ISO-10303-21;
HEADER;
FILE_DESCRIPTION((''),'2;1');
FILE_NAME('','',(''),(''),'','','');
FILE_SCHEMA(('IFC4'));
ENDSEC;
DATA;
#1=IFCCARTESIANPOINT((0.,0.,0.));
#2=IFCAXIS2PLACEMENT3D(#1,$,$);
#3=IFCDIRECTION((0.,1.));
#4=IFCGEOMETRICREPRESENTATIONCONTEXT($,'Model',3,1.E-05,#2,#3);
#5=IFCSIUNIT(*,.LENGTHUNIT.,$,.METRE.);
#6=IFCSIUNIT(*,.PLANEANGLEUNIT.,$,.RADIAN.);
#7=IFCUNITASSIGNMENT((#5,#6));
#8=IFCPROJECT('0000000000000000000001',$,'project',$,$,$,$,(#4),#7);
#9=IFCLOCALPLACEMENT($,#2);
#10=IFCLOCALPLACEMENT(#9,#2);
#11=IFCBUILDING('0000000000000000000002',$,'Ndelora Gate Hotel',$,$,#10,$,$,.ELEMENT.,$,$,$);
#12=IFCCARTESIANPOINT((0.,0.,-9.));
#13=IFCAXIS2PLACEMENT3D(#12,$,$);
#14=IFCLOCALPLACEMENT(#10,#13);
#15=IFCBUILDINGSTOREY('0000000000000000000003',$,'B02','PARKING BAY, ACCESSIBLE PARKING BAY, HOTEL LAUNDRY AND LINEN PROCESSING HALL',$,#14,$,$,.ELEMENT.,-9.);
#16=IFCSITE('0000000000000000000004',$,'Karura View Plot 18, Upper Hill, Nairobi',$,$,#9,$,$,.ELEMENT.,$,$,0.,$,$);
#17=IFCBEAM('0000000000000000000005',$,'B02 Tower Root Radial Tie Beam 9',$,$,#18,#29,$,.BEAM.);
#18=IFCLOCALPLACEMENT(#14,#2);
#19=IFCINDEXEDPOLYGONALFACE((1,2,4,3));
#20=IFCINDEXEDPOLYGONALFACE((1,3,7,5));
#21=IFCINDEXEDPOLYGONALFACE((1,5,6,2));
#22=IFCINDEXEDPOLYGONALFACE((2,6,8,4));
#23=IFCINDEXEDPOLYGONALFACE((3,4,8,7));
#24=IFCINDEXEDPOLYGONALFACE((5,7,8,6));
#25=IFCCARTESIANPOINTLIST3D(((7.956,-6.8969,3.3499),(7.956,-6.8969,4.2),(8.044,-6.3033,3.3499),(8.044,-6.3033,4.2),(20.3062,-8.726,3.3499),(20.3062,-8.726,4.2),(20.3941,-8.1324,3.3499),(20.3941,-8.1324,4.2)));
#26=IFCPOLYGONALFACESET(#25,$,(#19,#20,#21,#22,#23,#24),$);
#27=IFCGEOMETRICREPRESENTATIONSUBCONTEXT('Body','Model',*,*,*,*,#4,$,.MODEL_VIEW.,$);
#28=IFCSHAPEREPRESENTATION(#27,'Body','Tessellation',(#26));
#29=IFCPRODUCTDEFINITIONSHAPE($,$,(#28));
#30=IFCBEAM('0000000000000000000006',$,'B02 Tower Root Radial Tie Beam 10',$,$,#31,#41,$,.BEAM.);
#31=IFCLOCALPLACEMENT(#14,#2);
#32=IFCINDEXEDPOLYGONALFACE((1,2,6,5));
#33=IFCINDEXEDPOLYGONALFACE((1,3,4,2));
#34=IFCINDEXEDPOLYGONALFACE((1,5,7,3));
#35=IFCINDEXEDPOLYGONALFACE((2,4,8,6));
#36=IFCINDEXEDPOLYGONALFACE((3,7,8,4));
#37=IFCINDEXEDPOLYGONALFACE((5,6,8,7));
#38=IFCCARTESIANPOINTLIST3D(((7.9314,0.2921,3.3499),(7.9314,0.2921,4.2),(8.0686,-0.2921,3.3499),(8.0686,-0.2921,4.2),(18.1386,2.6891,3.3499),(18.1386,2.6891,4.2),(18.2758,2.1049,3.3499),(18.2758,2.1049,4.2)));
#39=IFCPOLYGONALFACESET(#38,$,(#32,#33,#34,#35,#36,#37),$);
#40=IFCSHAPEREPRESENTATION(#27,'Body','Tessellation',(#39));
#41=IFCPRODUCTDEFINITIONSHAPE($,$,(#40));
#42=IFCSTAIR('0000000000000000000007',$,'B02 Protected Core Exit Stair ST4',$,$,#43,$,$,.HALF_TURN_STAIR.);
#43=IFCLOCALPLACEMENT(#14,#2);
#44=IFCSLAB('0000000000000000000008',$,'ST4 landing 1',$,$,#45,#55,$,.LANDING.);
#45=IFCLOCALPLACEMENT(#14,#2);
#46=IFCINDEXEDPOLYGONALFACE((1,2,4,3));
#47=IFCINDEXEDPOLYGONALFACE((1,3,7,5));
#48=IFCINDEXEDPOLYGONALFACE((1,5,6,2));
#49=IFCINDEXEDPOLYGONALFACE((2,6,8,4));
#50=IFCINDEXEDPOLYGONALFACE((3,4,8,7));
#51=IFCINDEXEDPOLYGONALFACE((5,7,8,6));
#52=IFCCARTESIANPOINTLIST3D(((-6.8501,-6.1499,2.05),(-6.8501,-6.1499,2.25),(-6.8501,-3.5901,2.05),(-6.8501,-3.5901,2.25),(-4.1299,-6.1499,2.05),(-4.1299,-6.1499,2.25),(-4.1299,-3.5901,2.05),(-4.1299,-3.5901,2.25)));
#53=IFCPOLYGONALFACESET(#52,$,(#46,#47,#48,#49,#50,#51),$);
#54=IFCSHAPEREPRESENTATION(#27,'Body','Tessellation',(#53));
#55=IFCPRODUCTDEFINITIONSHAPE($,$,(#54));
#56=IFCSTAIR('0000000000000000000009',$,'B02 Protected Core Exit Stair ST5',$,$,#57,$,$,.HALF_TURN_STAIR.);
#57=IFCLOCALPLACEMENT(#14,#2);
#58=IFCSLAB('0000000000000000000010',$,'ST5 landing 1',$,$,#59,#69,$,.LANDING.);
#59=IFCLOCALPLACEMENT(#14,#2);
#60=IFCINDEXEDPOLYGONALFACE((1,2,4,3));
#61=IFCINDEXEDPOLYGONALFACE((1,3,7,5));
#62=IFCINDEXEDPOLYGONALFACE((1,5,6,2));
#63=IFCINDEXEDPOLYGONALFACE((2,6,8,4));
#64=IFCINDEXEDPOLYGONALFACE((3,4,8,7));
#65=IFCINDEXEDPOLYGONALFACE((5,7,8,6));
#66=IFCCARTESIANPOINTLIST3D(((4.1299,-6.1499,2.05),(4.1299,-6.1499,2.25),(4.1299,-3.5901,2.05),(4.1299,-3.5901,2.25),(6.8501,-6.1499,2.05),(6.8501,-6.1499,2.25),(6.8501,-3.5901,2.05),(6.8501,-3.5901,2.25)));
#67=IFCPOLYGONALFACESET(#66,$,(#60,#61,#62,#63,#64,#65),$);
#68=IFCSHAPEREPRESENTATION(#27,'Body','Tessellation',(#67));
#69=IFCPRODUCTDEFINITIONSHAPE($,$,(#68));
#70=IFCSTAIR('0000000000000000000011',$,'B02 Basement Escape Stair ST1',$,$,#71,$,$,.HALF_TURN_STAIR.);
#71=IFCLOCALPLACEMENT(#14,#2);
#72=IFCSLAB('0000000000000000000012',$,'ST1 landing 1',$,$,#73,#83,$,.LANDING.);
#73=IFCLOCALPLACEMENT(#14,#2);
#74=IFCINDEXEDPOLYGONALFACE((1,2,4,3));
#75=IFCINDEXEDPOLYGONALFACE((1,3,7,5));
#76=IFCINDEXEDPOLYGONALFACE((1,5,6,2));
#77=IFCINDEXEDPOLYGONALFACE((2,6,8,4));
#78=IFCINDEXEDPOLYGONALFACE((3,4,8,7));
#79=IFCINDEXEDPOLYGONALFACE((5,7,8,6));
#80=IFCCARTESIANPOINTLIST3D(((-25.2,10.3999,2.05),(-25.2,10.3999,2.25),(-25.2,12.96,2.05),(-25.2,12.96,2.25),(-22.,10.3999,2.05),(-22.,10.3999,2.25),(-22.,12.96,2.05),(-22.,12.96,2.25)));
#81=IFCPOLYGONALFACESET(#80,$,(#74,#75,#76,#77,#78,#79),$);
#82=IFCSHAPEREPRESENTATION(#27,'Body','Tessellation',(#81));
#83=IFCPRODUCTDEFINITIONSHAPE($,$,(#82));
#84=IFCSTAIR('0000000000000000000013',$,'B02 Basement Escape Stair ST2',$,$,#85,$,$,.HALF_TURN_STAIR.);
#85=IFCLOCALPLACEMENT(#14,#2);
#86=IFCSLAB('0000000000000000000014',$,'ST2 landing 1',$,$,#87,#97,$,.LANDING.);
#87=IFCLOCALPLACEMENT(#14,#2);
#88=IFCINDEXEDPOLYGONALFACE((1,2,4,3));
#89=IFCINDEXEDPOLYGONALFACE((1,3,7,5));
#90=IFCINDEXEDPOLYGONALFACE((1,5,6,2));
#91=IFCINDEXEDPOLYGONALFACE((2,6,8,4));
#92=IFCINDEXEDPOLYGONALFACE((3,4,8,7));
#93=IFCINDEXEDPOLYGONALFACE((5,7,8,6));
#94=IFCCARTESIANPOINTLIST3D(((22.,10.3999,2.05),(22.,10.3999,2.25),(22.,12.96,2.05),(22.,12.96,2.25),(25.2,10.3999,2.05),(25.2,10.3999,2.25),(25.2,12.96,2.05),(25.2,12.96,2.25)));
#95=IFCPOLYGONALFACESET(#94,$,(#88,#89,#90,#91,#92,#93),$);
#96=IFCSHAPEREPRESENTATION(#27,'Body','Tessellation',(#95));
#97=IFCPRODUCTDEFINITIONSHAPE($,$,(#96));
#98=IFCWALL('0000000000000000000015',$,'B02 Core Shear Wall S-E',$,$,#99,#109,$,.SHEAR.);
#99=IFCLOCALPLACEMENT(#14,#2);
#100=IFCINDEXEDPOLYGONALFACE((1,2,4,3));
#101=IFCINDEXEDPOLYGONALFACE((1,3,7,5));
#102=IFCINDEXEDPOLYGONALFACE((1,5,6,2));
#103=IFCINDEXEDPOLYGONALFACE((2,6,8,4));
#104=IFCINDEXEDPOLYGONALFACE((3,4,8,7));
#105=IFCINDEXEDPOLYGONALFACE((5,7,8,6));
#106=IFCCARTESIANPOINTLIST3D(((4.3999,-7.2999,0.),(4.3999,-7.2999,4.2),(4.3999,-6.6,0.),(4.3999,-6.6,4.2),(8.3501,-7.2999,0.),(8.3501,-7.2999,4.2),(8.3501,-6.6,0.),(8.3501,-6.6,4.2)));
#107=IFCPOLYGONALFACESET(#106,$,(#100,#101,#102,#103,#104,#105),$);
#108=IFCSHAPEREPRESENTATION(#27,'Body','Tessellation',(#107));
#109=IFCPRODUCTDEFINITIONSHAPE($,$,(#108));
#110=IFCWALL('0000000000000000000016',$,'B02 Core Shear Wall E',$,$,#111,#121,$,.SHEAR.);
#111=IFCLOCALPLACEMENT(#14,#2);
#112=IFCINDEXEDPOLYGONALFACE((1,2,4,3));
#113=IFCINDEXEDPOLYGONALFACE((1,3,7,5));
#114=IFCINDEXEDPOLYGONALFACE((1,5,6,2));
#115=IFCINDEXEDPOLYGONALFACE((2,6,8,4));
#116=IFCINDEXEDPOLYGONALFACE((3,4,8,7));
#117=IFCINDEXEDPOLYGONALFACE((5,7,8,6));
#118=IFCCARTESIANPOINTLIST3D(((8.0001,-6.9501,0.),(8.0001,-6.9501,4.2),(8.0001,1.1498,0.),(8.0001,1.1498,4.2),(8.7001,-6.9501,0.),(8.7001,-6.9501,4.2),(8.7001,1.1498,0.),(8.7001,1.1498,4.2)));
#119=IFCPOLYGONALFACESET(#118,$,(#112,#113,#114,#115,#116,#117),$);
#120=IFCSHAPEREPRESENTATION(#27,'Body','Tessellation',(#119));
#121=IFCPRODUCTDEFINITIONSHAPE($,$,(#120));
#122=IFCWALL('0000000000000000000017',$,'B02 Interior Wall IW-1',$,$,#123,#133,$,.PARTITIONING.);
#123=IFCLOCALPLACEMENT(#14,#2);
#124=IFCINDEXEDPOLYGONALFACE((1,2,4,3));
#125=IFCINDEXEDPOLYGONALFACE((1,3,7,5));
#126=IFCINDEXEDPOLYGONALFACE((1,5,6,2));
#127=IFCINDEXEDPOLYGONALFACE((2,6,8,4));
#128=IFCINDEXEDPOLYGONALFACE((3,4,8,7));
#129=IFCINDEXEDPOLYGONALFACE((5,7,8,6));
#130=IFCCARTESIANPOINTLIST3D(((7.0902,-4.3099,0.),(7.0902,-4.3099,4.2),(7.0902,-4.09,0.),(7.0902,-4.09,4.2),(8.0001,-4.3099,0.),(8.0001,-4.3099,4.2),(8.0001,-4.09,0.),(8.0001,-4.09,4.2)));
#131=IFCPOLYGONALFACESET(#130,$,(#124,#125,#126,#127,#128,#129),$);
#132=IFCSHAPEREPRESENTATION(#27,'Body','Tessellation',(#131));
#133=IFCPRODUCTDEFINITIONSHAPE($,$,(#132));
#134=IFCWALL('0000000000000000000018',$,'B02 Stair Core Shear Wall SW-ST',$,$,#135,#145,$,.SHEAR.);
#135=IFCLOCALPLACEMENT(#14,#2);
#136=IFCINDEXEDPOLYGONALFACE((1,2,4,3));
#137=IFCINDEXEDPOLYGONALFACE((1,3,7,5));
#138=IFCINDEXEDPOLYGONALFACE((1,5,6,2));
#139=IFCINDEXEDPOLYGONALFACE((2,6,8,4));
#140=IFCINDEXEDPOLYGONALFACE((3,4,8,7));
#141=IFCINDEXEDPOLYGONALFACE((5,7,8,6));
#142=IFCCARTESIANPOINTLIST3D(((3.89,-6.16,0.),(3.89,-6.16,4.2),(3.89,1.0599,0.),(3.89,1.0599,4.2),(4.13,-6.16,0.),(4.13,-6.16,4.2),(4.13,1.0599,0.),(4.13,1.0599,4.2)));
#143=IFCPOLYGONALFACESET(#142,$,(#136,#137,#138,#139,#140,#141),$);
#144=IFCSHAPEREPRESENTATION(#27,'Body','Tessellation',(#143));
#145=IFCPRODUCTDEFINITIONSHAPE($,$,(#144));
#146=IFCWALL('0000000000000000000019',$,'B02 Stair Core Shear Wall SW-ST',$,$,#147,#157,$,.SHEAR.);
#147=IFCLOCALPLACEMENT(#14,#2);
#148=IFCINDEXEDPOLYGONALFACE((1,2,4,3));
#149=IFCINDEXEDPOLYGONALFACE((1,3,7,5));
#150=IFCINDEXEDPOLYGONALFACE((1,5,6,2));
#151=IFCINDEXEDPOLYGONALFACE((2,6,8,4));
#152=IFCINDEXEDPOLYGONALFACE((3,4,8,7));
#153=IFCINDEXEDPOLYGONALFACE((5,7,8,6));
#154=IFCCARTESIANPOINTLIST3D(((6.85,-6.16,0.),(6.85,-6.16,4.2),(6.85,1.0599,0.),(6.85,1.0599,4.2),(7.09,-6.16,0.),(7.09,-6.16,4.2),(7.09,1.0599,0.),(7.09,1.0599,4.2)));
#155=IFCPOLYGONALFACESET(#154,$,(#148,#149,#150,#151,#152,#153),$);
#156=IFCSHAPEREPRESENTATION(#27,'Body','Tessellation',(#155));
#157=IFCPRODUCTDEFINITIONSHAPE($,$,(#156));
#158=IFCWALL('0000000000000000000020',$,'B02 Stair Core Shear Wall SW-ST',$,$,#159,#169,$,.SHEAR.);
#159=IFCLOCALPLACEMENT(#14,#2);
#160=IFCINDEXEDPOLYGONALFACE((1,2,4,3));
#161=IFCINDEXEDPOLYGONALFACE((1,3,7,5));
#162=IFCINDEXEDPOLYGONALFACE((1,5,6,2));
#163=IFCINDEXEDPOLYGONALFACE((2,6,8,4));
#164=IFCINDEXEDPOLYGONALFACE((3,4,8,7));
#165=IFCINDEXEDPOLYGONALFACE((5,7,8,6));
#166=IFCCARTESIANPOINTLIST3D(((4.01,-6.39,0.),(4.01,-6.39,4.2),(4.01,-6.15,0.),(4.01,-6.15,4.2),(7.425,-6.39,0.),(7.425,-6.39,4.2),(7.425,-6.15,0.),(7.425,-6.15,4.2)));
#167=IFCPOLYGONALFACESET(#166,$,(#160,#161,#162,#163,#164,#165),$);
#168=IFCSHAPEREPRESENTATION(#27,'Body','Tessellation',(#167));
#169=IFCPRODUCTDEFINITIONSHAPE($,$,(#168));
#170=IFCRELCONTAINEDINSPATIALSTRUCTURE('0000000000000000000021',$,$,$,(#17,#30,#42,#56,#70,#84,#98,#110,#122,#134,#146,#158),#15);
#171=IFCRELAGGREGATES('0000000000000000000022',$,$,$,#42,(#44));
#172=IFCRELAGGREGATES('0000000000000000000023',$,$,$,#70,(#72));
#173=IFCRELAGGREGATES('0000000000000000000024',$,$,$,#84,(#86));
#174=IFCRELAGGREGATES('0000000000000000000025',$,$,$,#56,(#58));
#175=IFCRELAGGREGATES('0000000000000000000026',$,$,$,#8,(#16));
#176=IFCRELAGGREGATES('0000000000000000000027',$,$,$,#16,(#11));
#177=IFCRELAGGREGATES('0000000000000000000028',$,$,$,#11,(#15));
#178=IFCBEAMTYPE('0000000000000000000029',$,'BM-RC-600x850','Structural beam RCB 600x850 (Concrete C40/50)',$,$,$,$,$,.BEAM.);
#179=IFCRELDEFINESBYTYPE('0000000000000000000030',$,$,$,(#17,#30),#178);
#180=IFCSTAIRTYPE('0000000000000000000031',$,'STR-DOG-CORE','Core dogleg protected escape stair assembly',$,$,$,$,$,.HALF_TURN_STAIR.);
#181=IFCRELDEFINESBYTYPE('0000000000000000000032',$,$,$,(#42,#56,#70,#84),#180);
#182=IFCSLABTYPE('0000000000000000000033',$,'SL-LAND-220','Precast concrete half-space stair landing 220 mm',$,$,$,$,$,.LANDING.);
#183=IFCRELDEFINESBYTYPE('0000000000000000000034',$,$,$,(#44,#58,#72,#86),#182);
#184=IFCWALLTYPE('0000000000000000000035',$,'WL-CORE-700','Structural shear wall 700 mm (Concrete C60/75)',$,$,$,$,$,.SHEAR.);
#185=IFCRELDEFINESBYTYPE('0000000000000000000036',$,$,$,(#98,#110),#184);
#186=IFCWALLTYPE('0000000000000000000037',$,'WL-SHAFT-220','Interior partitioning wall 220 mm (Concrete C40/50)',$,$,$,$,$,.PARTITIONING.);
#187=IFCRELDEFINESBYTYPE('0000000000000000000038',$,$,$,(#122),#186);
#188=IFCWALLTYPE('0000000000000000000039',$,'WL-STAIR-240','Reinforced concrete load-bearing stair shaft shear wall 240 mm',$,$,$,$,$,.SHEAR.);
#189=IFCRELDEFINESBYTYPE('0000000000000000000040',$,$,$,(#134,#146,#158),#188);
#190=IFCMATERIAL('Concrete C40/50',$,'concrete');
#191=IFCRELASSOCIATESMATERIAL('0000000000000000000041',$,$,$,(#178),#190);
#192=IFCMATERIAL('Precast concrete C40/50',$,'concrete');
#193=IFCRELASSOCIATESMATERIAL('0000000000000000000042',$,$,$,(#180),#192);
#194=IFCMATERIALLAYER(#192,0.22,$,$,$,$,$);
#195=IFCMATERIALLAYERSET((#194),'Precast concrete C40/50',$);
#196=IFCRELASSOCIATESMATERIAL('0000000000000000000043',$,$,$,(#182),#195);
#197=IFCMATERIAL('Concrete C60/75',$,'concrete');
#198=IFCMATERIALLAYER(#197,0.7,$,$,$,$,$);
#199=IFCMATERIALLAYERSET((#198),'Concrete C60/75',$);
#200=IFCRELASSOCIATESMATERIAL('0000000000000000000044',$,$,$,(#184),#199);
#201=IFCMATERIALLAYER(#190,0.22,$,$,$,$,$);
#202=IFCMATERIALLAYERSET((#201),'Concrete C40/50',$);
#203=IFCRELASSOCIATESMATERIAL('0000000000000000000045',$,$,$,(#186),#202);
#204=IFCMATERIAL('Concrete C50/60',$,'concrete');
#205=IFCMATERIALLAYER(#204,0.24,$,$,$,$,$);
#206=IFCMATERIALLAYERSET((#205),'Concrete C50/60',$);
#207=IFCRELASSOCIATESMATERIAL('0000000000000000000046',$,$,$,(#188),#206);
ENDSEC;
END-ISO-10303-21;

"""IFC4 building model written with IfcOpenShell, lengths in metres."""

from ifc_helpers import new_model, si_unit, direction, frame, frame_2d, origin, origin_2d, place, context, subcontext, project, spatial, polyline, rectangle, outline, extrude, material, layer, layer_set, material_profile, profile_set, type_object, element, aggregate, save


model = new_model("IFC4")

# Units and contexts
model_context = context("Model", 3, precision=1e-05, world=origin(), true_north=direction((0.0, 1.0)))
body_context = subcontext(model_context, "Body", "Model", "MODEL_VIEW")
ifc_project = project(units=[si_unit("LENGTHUNIT", "METRE"), si_unit("PLANEANGLEUNIT", "RADIAN")], contexts=[model_context])

# Site, building, storey
site_placement = place(None, origin())
site = spatial("IfcSite", under=ifc_project, at=site_placement, Name="Karura View Plot 18, Upper Hill, Nairobi", CompositionType="ELEMENT", RefElevation=0.0)
building_placement = place(site_placement, origin())
building = spatial("IfcBuilding", under=site, at=building_placement, Name="Ndelora Gate Hotel", CompositionType="ELEMENT")
storey_placement = place(building_placement, frame((0.0, 0.0, -9.0)))
storey = spatial("IfcBuildingStorey", under=building, at=storey_placement, Name="B02", Description="PARKING BAY, ACCESSIBLE PARKING BAY, HOTEL LAUNDRY AND LINEN PROCESSING HALL", CompositionType="ELEMENT", Elevation=-9.0)

# Shared definitions
ifc_material_1 = material(Name="Concrete C60/75", Category="concrete")

# Beams
ifc_material_2 = material(Name="Concrete C40/50", Category="concrete")
ifc_material_profile_1 = material_profile(ifc_material_2, rectangle(XDim=0.6001, YDim=0.8501, at=origin_2d()), Name="RCB 600x850")
ifc_profile_set_1 = profile_set([ifc_material_profile_1], Name="Concrete C40/50")
beam_type_1 = type_object("IfcBeamType", Name="BM-RC-600x850", Description="Structural beam RCB 600x850 (Concrete C40/50)", PredefinedType="BEAM", material=ifc_profile_set_1)
beam_1_placement = place(storey_placement, frame((8.0, -6.6001, 3.7749), z_axis=(0.98921, -0.146506, 0.0), x_axis=(0.146506, 0.98921, 0.0)))
element("IfcBeam", 1, at=beam_1_placement, inside=storey, type_object=beam_type_1, Name="B02 Tower Root Radial Tie Beam 9", PredefinedType="BEAM", context=body_context, shape_type="SweptSolid", body=[
    extrude(rectangle(XDim=0.6001, YDim=0.8501, at=origin_2d()), origin(), (0.0, 0.0, 1.0), 12.4849),
])
beam_2_placement = place(storey_placement, frame((8.0, 0.0, 3.7749), z_axis=(0.973518, 0.228611, 0.0), x_axis=(-0.228611, 0.973518, 0.0)))
element("IfcBeam", 2, at=beam_2_placement, inside=storey, type_object=beam_type_1, Name="B02 Tower Root Radial Tie Beam 10", PredefinedType="BEAM", context=body_context, shape_type="SweptSolid", body=[
    extrude(rectangle(XDim=0.6001, YDim=0.8501, at=origin_2d()), origin(), (0.0, 0.0, 1.0), 10.4849),
])

# Stairs, slabs
ifc_material_3 = material(Name="Precast concrete C40/50", Category="concrete")
stair_type = type_object("IfcStairType", Name="STR-DOG-CORE", Description="Core dogleg protected escape stair assembly", PredefinedType="HALF_TURN_STAIR", material=ifc_material_3)
stair_1_placement = place(storey_placement, origin())
stair_1 = element("IfcStair", 3, at=stair_1_placement, inside=storey, type_object=stair_type, Name="B02 Protected Core Exit Stair ST4", PredefinedType="HALF_TURN_STAIR")
ifc_layer_1 = layer(ifc_material_3, 0.22)
ifc_layer_set_1 = layer_set([ifc_layer_1], Name="Precast concrete C40/50")
slab_type = type_object("IfcSlabType", Name="SL-LAND-220", Description="Precast concrete half-space stair landing 220 mm", PredefinedType="LANDING", material=ifc_layer_set_1)
slab_1_placement = place(storey_placement, frame((0.0, 0.0, 2.05)))
slab_1 = element("IfcSlab", 4, at=slab_1_placement, type_object=slab_type, Name="ST4 landing 1", PredefinedType="LANDING", context=body_context, shape_type="SweptSolid", body=[
    extrude(outline(polyline([(-6.8501, -3.5901), (-6.8501, -6.1499), (-4.1299, -6.1499), (-4.1299, -3.5901), (-6.8501, -3.5901)])), origin(), (0.0, 0.0, 1.0), 0.2),
])
aggregate(stair_1, [slab_1])
stair_2_placement = place(storey_placement, origin())
stair_2 = element("IfcStair", 5, at=stair_2_placement, inside=storey, type_object=stair_type, Name="B02 Protected Core Exit Stair ST5", PredefinedType="HALF_TURN_STAIR")
slab_2_placement = place(storey_placement, frame((0.0, 0.0, 2.05)))
slab_2 = element("IfcSlab", 6, at=slab_2_placement, type_object=slab_type, Name="ST5 landing 1", PredefinedType="LANDING", context=body_context, shape_type="SweptSolid", body=[
    extrude(outline(polyline([(4.1299, -3.5901), (4.1299, -6.1499), (6.8501, -6.1499), (6.8501, -3.5901), (4.1299, -3.5901)])), origin(), (0.0, 0.0, 1.0), 0.2),
])
stair_3_placement = place(storey_placement, origin())
stair_3 = element("IfcStair", 7, at=stair_3_placement, inside=storey, type_object=stair_type, Name="B02 Basement Escape Stair ST1", PredefinedType="HALF_TURN_STAIR")
slab_3_placement = place(storey_placement, frame((0.0, 0.0, 2.05)))
slab_3 = element("IfcSlab", 8, at=slab_3_placement, type_object=slab_type, Name="ST1 landing 1", PredefinedType="LANDING", context=body_context, shape_type="SweptSolid", body=[
    extrude(outline(polyline([(-25.2, 12.96), (-25.2, 10.3999), (-22.0, 10.3999), (-22.0, 12.96), (-25.2, 12.96)])), origin(), (0.0, 0.0, 1.0), 0.2),
])
aggregate(stair_3, [slab_3])
stair_4_placement = place(storey_placement, origin())
stair_4 = element("IfcStair", 9, at=stair_4_placement, inside=storey, type_object=stair_type, Name="B02 Basement Escape Stair ST2", PredefinedType="HALF_TURN_STAIR")
slab_4_placement = place(storey_placement, frame((0.0, 0.0, 2.05)))
slab_4 = element("IfcSlab", 10, at=slab_4_placement, type_object=slab_type, Name="ST2 landing 1", PredefinedType="LANDING", context=body_context, shape_type="SweptSolid", body=[
    extrude(outline(polyline([(22.0, 12.96), (22.0, 10.3999), (25.2, 10.3999), (25.2, 12.96), (22.0, 12.96)])), origin(), (0.0, 0.0, 1.0), 0.2),
])
aggregate(stair_4, [slab_4])

# Walls
ifc_layer_2 = layer(ifc_material_1, 0.7)
ifc_layer_set_2 = layer_set([ifc_layer_2], Name="Concrete C60/75")
wall_type_1 = type_object("IfcWallType", Name="WL-CORE-700", Description="Structural shear wall 700 mm (Concrete C60/75)", PredefinedType="SHEAR", material=ifc_layer_set_2)
wall_1_placement = place(storey_placement, frame((4.3999, -6.95, 0.0), z_axis=(0.0, 0.0, 1.0), x_axis=(1.0, 0.0, 0.0)))
element("IfcWall", 11, at=wall_1_placement, inside=storey, type_object=wall_type_1, Name="B02 Core Shear Wall S-E", PredefinedType="SHEAR", context=body_context, shape_type="SweptSolid", body=[
    extrude(rectangle(XDim=3.9502, YDim=0.7, at=frame_2d((1.9751, 0.0))), origin(), (0.0, 0.0, 1.0), 4.2),
])
wall_2_placement = place(storey_placement, frame((8.3501, -6.95, 0.0), z_axis=(0.0, 0.0, 1.0), x_axis=(0.0, 1.0, 0.0)))
element("IfcWall", 12, at=wall_2_placement, inside=storey, type_object=wall_type_1, Name="B02 Core Shear Wall E", PredefinedType="SHEAR", context=body_context, shape_type="SweptSolid", body=[
    extrude(rectangle(XDim=8.0999, YDim=0.7, at=frame_2d((4.0498, 0.0))), origin(), (0.0, 0.0, 1.0), 4.2),
])
ifc_layer_3 = layer(ifc_material_2, 0.22)
ifc_layer_set_3 = layer_set([ifc_layer_3], Name="Concrete C40/50")
wall_type_2 = type_object("IfcWallType", Name="WL-SHAFT-220", Description="Interior partitioning wall 220 mm (Concrete C40/50)", PredefinedType="PARTITIONING", material=ifc_layer_set_3)
wall_3_placement = place(storey_placement, frame((7.0901, -4.2, 0.0), z_axis=(0.0, 0.0, 1.0), x_axis=(1.0, 0.0, 0.0)))
element("IfcWall", 13, at=wall_3_placement, inside=storey, type_object=wall_type_2, Name="B02 Interior Wall IW-1", PredefinedType="PARTITIONING", context=body_context, shape_type="SweptSolid", body=[
    extrude(rectangle(XDim=0.9099, YDim=0.22, at=frame_2d((0.4551, 0.0))), origin(), (0.0, 0.0, 1.0), 4.2),
])
ifc_material_4 = material(Name="Concrete C50/60", Category="concrete")
ifc_layer_4 = layer(ifc_material_4, 0.24)
ifc_layer_set_4 = layer_set([ifc_layer_4], Name="Concrete C50/60")
wall_type_3 = type_object("IfcWallType", Name="WL-STAIR-240", Description="Reinforced concrete load-bearing stair shaft shear wall 240 mm", PredefinedType="SHEAR", material=ifc_layer_set_4)
for number, where, z_axis, x_axis, name in (
    (14, (4.01, -6.1599, 0.0), (0.0, 0.0, 1.0), (0.0, 1.0, 0.0), "B02 Stair Core Shear Wall SW-ST"),
    (15, (6.97, -6.1599, 0.0), (0.0, 0.0, 1.0), (0.0, 1.0, 0.0), "B02 Stair Core Shear Wall SW-ST"),
):
    element("IfcWall", number, at=place(storey_placement, frame(where, z_axis=z_axis, x_axis=x_axis)), inside=storey, type_object=wall_type_3, Name=name, PredefinedType="SHEAR", context=body_context, shape_type="SweptSolid", body=[
        extrude(rectangle(XDim=7.22, YDim=0.24, at=frame_2d((3.6099, 0.0))), origin(), (0.0, 0.0, 1.0), 4.2),
    ])
wall_4_placement = place(storey_placement, frame((4.01, -6.27, 0.0), z_axis=(0.0, 0.0, 1.0), x_axis=(1.0, 0.0, 0.0)))
element("IfcWall", 16, at=wall_4_placement, inside=storey, type_object=wall_type_3, Name="B02 Stair Core Shear Wall SW-ST", PredefinedType="SHEAR", context=body_context, shape_type="SweptSolid", body=[
    extrude(rectangle(XDim=3.415, YDim=0.24, at=frame_2d((1.7075, 0.0))), origin(), (0.0, 0.0, 1.0), 4.2),
])

aggregate(stair_2, [slab_2])

save(model, "model.ifc")
